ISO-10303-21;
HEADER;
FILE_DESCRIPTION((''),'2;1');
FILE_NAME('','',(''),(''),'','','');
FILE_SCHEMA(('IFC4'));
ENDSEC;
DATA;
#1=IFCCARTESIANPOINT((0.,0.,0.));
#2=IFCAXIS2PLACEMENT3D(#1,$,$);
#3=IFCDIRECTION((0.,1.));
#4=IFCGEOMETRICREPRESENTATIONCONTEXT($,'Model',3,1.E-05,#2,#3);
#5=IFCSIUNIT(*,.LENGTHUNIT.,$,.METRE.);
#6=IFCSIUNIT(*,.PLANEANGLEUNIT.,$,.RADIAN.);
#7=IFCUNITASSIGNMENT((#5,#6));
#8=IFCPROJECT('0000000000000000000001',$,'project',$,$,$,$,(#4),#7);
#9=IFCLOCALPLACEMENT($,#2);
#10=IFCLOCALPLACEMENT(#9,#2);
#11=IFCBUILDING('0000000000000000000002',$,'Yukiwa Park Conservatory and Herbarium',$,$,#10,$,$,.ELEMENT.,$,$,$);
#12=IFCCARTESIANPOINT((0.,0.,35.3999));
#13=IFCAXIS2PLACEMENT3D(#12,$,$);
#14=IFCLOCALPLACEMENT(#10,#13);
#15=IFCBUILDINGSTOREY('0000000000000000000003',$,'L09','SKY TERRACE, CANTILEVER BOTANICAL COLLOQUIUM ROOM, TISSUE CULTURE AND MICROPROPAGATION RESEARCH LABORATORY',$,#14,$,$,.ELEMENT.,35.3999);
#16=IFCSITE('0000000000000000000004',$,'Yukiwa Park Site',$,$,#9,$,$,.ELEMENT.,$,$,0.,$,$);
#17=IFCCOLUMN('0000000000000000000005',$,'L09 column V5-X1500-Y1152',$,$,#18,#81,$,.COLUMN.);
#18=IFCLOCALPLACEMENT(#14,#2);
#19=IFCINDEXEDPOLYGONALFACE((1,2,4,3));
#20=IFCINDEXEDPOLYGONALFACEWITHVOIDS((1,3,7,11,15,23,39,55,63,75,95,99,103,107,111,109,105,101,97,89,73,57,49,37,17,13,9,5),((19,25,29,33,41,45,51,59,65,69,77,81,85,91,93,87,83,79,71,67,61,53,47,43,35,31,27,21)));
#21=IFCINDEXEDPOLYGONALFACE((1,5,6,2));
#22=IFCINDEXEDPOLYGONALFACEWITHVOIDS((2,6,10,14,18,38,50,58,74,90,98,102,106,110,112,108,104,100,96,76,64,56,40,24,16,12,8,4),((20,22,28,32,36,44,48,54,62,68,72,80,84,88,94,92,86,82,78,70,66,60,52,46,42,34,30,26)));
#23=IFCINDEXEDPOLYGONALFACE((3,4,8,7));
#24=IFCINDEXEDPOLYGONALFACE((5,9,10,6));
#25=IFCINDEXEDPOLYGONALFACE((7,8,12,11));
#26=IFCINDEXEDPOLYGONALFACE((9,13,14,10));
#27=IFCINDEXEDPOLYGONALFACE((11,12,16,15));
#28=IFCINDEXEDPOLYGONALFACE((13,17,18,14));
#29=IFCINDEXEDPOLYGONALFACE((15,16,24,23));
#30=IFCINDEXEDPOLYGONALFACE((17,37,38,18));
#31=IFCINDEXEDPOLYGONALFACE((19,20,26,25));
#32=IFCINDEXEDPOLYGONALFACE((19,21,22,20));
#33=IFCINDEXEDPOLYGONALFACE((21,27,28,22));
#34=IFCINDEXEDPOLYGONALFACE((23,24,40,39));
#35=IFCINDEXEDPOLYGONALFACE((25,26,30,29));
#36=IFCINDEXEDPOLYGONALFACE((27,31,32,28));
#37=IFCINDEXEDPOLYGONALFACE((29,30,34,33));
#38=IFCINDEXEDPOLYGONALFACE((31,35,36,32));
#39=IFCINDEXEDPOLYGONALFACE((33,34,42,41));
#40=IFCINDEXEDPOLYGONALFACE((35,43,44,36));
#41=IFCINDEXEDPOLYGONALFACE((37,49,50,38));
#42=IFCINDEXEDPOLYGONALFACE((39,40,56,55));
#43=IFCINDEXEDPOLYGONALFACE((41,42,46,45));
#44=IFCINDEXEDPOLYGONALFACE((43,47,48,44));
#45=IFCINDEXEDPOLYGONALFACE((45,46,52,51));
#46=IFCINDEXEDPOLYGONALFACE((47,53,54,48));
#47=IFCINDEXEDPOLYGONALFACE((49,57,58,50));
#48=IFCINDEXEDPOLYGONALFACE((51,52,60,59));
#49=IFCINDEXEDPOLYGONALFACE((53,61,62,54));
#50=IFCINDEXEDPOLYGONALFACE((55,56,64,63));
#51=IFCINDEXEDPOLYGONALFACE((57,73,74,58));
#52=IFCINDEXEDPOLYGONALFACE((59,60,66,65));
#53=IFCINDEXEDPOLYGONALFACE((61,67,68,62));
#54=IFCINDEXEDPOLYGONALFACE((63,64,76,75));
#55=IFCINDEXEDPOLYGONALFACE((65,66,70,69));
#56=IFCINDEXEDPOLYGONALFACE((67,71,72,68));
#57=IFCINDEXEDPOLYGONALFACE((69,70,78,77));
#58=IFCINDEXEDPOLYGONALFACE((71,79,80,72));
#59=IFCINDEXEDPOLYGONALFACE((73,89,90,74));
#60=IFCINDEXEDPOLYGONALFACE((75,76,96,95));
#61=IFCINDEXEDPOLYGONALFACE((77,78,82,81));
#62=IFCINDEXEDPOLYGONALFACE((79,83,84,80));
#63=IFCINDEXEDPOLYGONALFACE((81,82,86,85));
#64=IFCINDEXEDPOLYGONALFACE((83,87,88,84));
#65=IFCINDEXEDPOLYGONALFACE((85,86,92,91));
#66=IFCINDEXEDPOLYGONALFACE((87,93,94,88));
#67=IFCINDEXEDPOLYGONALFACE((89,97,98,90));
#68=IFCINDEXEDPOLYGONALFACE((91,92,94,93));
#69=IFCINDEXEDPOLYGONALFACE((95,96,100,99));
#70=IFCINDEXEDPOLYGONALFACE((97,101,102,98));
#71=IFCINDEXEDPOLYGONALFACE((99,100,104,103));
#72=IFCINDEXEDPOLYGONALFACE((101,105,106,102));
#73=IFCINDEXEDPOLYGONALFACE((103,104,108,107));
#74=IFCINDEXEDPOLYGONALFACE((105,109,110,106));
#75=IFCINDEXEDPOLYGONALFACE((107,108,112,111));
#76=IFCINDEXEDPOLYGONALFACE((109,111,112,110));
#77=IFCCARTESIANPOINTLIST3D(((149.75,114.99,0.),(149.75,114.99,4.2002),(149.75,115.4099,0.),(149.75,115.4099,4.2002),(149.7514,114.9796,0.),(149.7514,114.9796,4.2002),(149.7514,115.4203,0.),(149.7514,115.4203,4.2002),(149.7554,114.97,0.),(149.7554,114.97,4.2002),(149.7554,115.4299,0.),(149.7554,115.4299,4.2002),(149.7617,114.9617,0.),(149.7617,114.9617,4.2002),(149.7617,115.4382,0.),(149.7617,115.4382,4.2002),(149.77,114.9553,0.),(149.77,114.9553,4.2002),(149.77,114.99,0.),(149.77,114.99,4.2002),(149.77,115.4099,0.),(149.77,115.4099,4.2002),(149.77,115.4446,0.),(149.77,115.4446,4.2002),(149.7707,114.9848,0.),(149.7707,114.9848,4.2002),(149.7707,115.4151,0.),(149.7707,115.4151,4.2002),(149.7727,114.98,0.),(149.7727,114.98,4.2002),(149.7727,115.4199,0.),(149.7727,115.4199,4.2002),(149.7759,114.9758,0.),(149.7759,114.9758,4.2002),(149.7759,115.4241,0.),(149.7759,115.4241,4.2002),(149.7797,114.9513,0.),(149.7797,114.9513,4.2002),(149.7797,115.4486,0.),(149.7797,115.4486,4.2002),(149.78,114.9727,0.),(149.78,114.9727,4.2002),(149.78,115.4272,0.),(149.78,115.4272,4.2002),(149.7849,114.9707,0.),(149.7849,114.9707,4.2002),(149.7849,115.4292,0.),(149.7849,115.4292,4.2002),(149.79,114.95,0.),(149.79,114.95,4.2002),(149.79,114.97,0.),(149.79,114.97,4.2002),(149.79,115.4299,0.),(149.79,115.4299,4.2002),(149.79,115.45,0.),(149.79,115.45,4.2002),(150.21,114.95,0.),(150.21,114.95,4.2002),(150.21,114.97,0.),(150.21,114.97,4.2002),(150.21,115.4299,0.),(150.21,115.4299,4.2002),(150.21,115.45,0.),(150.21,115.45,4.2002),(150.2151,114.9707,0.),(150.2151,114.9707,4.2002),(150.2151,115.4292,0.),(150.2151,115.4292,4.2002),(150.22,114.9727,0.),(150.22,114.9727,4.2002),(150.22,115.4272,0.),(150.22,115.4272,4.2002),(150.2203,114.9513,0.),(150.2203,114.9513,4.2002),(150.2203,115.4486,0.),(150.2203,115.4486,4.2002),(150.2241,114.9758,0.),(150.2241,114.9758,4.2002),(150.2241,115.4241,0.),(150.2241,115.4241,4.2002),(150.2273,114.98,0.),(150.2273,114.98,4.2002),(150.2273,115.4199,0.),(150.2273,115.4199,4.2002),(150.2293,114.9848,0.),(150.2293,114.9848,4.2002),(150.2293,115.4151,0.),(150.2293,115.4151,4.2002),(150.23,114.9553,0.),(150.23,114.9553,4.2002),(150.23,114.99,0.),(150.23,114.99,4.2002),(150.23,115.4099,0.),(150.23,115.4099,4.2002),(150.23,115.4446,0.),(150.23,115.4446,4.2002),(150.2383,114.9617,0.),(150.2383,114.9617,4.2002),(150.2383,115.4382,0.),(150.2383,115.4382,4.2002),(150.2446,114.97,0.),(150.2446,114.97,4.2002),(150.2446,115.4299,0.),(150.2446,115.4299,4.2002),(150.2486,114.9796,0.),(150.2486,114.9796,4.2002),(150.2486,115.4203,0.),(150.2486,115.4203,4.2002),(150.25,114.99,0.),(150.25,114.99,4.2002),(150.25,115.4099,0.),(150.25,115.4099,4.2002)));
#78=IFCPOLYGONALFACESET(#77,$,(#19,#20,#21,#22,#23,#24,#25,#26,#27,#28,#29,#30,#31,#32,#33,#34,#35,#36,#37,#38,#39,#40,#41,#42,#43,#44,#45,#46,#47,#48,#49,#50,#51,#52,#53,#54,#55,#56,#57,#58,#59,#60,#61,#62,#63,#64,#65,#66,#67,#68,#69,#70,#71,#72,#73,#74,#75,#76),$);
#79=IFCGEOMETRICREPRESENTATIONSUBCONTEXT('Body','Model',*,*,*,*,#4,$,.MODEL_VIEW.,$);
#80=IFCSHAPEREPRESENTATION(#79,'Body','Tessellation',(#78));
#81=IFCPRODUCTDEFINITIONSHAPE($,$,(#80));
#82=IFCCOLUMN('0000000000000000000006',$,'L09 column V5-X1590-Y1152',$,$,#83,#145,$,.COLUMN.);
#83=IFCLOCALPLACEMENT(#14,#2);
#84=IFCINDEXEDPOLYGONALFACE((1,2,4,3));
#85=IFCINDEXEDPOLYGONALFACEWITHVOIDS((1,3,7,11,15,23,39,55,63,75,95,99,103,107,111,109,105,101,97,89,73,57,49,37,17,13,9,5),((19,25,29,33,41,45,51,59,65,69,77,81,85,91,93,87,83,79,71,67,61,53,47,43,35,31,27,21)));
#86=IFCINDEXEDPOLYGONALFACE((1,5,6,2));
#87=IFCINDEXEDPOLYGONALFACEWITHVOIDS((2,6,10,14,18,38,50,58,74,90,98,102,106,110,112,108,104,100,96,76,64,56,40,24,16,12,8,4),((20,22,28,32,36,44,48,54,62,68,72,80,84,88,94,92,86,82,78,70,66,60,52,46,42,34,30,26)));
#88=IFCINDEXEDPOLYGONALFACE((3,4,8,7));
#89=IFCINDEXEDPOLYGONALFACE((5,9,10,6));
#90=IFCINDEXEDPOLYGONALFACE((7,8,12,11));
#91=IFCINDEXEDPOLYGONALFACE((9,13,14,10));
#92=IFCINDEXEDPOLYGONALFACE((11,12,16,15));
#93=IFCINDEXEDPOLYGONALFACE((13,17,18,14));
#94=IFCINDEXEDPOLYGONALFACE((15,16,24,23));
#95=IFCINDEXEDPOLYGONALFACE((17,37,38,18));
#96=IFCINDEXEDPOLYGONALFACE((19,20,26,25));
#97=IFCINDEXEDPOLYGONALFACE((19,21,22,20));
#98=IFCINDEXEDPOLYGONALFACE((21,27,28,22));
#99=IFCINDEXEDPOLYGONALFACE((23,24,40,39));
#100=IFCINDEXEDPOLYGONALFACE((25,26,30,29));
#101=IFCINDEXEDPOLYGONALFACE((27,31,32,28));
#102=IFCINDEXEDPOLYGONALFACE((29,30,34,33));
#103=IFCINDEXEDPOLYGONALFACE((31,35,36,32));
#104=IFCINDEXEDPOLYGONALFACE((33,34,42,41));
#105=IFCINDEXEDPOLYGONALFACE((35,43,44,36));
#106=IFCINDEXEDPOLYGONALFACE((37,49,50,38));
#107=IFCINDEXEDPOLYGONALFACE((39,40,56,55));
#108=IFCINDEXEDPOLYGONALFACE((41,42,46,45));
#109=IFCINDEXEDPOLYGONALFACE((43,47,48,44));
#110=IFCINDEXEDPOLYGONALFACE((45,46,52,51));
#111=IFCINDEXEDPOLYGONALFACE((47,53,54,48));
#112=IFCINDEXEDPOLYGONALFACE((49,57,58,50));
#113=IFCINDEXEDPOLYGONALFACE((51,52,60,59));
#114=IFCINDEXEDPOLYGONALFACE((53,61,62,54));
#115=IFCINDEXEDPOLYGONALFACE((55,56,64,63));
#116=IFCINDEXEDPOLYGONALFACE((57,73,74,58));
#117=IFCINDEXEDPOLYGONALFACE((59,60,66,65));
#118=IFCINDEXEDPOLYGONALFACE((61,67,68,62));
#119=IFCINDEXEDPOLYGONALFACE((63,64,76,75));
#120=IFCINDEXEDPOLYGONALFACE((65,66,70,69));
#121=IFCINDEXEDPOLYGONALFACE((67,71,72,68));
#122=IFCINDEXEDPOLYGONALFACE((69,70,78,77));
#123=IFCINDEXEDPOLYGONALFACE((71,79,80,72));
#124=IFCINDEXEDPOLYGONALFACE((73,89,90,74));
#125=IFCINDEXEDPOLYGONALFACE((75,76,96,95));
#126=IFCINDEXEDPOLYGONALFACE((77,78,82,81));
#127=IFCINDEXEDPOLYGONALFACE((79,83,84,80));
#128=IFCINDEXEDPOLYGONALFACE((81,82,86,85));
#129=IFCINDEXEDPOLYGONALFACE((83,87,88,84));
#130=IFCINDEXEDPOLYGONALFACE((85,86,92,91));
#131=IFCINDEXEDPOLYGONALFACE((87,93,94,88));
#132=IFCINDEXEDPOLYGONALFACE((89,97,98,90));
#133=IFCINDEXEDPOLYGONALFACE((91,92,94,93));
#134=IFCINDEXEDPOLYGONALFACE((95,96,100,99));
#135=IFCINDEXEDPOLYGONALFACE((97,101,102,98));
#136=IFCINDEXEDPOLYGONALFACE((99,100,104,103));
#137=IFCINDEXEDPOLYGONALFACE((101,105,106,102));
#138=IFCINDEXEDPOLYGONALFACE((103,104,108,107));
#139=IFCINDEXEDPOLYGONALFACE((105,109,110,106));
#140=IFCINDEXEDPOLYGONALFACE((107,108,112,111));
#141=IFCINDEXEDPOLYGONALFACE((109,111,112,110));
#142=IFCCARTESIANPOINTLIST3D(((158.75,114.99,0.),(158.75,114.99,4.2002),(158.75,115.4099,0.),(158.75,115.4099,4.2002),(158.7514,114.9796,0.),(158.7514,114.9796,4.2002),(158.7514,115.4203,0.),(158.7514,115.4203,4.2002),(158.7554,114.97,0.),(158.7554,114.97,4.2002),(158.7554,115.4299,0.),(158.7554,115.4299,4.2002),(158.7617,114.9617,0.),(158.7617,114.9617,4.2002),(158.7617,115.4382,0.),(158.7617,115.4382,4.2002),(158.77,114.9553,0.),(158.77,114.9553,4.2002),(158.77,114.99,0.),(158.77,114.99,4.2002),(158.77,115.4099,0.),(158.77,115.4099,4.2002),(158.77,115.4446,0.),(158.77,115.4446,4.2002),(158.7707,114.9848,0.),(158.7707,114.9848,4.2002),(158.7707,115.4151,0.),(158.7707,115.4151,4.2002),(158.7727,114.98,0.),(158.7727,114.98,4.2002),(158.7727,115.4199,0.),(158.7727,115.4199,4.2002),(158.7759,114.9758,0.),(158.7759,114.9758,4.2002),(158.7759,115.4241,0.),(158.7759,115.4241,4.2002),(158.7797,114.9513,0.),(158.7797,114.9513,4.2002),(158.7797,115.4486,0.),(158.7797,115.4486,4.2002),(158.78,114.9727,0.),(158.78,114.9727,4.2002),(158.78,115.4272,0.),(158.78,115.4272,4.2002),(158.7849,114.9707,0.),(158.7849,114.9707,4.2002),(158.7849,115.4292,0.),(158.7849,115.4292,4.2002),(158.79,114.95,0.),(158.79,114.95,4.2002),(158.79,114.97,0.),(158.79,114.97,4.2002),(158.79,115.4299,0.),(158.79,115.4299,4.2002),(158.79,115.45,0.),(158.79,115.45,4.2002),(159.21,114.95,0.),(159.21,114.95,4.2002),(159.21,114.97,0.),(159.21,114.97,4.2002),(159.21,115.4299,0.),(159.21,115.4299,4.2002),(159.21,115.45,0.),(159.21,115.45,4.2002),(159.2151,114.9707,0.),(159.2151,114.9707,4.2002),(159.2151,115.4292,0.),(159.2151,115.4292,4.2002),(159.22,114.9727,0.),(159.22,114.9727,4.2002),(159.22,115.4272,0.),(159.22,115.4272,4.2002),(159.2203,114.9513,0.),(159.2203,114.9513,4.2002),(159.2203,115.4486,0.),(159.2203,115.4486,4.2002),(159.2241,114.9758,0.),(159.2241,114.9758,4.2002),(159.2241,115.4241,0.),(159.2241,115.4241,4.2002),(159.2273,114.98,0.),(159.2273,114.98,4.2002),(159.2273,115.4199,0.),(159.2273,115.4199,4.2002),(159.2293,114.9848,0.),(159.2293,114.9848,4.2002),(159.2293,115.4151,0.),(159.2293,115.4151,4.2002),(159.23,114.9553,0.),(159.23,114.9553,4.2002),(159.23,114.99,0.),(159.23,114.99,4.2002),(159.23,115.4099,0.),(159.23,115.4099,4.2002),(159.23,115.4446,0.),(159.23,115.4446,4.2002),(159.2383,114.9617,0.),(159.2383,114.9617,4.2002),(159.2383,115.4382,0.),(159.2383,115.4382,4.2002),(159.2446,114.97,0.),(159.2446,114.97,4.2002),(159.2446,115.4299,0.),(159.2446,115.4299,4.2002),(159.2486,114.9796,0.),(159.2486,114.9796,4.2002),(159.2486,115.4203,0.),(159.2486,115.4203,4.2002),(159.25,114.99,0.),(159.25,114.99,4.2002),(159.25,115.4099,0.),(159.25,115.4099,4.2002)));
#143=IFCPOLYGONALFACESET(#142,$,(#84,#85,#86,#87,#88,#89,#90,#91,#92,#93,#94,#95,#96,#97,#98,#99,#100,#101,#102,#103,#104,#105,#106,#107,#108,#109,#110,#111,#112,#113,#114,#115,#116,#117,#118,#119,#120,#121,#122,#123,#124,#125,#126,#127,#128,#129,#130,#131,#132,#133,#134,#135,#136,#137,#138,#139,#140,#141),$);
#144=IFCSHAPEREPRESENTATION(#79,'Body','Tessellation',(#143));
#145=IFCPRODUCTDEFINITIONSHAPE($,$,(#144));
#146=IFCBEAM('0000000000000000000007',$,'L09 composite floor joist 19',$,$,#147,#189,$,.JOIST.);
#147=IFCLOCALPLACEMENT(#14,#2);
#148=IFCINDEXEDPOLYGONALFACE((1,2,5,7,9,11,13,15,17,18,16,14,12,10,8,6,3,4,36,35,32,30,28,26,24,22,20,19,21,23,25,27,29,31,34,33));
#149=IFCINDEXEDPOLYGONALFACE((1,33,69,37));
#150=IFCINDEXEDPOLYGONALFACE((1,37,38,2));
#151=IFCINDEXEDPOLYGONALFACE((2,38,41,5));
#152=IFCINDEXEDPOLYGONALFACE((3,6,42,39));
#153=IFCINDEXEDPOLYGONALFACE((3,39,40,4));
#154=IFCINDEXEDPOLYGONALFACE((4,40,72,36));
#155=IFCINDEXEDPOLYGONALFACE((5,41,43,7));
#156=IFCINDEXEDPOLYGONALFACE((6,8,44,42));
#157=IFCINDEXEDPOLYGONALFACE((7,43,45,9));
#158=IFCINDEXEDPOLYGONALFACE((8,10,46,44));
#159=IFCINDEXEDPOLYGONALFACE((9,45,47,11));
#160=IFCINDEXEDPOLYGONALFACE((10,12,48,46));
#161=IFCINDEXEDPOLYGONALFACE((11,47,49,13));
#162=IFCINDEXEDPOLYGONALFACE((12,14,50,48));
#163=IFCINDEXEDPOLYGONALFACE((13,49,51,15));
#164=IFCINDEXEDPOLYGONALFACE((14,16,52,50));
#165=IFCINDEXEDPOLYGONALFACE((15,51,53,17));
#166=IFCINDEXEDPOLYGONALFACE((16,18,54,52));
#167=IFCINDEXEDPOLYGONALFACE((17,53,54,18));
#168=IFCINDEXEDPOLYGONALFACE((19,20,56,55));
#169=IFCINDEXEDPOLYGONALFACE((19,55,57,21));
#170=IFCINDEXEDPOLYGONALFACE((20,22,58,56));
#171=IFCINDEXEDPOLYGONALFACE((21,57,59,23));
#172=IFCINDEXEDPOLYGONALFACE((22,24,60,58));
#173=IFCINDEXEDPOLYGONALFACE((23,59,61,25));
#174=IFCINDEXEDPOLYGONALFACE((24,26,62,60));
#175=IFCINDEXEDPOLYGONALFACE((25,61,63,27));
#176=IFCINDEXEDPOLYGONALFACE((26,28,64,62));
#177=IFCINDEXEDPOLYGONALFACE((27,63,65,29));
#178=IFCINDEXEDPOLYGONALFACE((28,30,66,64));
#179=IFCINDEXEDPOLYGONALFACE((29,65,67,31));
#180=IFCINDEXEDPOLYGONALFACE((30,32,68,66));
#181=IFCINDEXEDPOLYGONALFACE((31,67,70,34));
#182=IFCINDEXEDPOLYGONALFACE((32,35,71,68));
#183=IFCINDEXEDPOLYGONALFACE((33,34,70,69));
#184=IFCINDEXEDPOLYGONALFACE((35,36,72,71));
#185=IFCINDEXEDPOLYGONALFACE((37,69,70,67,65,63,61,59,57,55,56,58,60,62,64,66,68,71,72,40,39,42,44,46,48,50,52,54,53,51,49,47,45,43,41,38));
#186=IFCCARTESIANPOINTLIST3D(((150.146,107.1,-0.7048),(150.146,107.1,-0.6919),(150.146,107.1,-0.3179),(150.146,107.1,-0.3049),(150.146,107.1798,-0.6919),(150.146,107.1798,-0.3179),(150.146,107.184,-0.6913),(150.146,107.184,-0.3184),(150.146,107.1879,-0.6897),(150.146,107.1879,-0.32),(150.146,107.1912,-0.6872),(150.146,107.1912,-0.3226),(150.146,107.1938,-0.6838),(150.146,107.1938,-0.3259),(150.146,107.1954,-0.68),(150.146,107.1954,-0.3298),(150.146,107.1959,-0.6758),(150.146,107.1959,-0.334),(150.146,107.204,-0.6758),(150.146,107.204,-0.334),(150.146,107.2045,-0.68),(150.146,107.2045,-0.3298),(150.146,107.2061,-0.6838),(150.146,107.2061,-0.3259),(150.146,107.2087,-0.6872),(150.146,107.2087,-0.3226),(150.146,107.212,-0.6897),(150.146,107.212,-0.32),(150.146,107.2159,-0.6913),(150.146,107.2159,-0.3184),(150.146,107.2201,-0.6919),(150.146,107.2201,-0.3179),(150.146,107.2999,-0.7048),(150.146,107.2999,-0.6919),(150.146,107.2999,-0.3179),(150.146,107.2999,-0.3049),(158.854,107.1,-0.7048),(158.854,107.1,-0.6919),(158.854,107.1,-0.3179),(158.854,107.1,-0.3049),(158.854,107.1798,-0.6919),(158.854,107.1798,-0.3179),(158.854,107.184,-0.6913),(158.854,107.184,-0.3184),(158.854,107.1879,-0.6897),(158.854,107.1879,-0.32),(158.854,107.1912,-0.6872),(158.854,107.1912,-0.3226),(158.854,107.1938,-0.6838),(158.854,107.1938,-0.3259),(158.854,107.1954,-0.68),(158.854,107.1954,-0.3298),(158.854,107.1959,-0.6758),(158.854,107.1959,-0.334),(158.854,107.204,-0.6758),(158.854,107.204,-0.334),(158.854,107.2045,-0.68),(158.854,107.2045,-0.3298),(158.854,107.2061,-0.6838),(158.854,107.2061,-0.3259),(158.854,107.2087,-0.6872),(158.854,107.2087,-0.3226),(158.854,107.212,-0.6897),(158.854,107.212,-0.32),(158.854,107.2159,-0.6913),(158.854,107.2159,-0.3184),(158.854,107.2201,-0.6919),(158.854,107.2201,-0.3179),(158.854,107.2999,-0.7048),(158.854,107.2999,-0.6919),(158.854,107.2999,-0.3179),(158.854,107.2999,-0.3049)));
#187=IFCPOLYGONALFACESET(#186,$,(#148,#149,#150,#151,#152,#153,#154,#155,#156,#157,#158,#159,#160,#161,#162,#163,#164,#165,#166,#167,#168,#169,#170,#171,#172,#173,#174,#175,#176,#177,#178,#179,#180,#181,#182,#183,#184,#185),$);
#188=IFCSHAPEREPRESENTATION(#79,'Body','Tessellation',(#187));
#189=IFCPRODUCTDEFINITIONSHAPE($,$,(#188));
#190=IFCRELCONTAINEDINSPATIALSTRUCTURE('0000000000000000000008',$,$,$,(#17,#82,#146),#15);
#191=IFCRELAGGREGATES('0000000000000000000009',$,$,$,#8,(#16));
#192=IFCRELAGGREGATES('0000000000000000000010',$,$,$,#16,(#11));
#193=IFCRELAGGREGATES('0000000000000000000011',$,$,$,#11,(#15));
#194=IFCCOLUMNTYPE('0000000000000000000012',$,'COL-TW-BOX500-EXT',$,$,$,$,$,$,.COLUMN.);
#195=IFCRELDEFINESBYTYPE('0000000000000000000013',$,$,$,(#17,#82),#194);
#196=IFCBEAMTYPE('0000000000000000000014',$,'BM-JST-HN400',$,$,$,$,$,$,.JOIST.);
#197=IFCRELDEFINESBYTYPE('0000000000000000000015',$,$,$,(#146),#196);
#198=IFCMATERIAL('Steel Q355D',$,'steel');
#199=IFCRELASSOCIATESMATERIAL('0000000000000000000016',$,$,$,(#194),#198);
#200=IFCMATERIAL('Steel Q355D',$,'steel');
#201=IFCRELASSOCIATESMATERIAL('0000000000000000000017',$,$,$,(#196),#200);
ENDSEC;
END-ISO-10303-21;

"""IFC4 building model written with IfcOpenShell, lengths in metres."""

from ifc_helpers import new_model, si_unit, direction, frame, origin, origin_2d, place, context, subcontext, project, spatial, hollow_rectangle, i_section, extrude, material, material_profile, profile_set, type_object, element, save


model = new_model("IFC4")

# Units and contexts
model_context = context("Model", 3, precision=1e-05, world=origin(), true_north=direction((0.0, 1.0)))
body_context = subcontext(model_context, "Body", "Model", "MODEL_VIEW")
ifc_project = project(units=[si_unit("LENGTHUNIT", "METRE"), si_unit("PLANEANGLEUNIT", "RADIAN")], contexts=[model_context])

# Site, building, storey
site_placement = place(None, origin())
site = spatial("IfcSite", under=ifc_project, at=site_placement, Name="Yukiwa Park Site", CompositionType="ELEMENT", RefElevation=0.0)
building_placement = place(site_placement, origin())
building = spatial("IfcBuilding", under=site, at=building_placement, Name="Yukiwa Park Conservatory and Herbarium", CompositionType="ELEMENT")
storey_placement = place(building_placement, frame((0.0, 0.0, 35.3999)))
storey = spatial("IfcBuildingStorey", under=building, at=storey_placement, Name="L09", Description="SKY TERRACE, CANTILEVER BOTANICAL COLLOQUIUM ROOM, TISSUE CULTURE AND MICROPROPAGATION RESEARCH LABORATORY", CompositionType="ELEMENT", Elevation=35.3999)

# Columns
ifc_material_1 = material(Name="Steel Q355D", Category="steel")
ifc_material_profile_1 = material_profile(ifc_material_1, hollow_rectangle(XDim=0.5, YDim=0.5, WallThickness=0.02, InnerFilletRadius=0.02, OuterFilletRadius=0.04, at=origin_2d()), Name="BOX 500x500x20")
ifc_profile_set_1 = profile_set([ifc_material_profile_1], Name="Steel Q355D")
column_type = type_object("IfcColumnType", Name="COL-TW-BOX500-EXT", PredefinedType="COLUMN", material=ifc_profile_set_1)
for number, where, z_axis, x_axis, name in (
    (1, (150.0, 115.2, 0.0), (0.0, 0.0, 1.0), (1.0, 0.0, 0.0), "L09 column V5-X1500-Y1152"),
    (2, (159.0, 115.2, 0.0), (0.0, 0.0, 1.0), (1.0, 0.0, 0.0), "L09 column V5-X1590-Y1152"),
):
    element("IfcColumn", number, at=place(storey_placement, frame(where, z_axis=z_axis, x_axis=x_axis)), inside=storey, type_object=column_type, Name=name, PredefinedType="COLUMN", context=body_context, shape_type="SweptSolid", body=[
        extrude(hollow_rectangle(XDim=0.5, YDim=0.5, WallThickness=0.02, InnerFilletRadius=0.02, OuterFilletRadius=0.04, at=origin_2d()), origin(), (0.0, 0.0, 1.0), 4.2002),
    ])

# Beam
ifc_material_2 = material(Name="Steel Q355D", Category="steel")
ifc_material_profile_2 = material_profile(ifc_material_2, i_section(OverallWidth=0.2, OverallDepth=0.3999, WebThickness=0.0081, FlangeThickness=0.0129, FilletRadius=0.0161, at=origin_2d()), Name="HN 400x200x8x13")
ifc_profile_set_2 = profile_set([ifc_material_profile_2], Name="Steel Q355D")
beam_type_1 = type_object("IfcBeamType", Name="BM-JST-HN400", PredefinedType="JOIST", material=ifc_profile_set_2)
for number, where, z_axis, x_axis, name in (
    (3, (150.146, 107.2, -0.5049), (1.0, 0.0, 0.0), (0.0, 1.0, 0.0), "L09 composite floor joist 19"),
):
    element("IfcBeam", number, at=place(storey_placement, frame(where, z_axis=z_axis, x_axis=x_axis)), inside=storey, type_object=beam_type_1, Name=name, PredefinedType="JOIST", context=body_context, shape_type="SweptSolid", body=[
        extrude(i_section(OverallWidth=0.2, OverallDepth=0.3999, WebThickness=0.0081, FlangeThickness=0.0129, FilletRadius=0.0161, at=origin_2d()), origin(), (0.0, 0.0, 1.0), 8.708),
    ])

save(model, "model.ifc")
